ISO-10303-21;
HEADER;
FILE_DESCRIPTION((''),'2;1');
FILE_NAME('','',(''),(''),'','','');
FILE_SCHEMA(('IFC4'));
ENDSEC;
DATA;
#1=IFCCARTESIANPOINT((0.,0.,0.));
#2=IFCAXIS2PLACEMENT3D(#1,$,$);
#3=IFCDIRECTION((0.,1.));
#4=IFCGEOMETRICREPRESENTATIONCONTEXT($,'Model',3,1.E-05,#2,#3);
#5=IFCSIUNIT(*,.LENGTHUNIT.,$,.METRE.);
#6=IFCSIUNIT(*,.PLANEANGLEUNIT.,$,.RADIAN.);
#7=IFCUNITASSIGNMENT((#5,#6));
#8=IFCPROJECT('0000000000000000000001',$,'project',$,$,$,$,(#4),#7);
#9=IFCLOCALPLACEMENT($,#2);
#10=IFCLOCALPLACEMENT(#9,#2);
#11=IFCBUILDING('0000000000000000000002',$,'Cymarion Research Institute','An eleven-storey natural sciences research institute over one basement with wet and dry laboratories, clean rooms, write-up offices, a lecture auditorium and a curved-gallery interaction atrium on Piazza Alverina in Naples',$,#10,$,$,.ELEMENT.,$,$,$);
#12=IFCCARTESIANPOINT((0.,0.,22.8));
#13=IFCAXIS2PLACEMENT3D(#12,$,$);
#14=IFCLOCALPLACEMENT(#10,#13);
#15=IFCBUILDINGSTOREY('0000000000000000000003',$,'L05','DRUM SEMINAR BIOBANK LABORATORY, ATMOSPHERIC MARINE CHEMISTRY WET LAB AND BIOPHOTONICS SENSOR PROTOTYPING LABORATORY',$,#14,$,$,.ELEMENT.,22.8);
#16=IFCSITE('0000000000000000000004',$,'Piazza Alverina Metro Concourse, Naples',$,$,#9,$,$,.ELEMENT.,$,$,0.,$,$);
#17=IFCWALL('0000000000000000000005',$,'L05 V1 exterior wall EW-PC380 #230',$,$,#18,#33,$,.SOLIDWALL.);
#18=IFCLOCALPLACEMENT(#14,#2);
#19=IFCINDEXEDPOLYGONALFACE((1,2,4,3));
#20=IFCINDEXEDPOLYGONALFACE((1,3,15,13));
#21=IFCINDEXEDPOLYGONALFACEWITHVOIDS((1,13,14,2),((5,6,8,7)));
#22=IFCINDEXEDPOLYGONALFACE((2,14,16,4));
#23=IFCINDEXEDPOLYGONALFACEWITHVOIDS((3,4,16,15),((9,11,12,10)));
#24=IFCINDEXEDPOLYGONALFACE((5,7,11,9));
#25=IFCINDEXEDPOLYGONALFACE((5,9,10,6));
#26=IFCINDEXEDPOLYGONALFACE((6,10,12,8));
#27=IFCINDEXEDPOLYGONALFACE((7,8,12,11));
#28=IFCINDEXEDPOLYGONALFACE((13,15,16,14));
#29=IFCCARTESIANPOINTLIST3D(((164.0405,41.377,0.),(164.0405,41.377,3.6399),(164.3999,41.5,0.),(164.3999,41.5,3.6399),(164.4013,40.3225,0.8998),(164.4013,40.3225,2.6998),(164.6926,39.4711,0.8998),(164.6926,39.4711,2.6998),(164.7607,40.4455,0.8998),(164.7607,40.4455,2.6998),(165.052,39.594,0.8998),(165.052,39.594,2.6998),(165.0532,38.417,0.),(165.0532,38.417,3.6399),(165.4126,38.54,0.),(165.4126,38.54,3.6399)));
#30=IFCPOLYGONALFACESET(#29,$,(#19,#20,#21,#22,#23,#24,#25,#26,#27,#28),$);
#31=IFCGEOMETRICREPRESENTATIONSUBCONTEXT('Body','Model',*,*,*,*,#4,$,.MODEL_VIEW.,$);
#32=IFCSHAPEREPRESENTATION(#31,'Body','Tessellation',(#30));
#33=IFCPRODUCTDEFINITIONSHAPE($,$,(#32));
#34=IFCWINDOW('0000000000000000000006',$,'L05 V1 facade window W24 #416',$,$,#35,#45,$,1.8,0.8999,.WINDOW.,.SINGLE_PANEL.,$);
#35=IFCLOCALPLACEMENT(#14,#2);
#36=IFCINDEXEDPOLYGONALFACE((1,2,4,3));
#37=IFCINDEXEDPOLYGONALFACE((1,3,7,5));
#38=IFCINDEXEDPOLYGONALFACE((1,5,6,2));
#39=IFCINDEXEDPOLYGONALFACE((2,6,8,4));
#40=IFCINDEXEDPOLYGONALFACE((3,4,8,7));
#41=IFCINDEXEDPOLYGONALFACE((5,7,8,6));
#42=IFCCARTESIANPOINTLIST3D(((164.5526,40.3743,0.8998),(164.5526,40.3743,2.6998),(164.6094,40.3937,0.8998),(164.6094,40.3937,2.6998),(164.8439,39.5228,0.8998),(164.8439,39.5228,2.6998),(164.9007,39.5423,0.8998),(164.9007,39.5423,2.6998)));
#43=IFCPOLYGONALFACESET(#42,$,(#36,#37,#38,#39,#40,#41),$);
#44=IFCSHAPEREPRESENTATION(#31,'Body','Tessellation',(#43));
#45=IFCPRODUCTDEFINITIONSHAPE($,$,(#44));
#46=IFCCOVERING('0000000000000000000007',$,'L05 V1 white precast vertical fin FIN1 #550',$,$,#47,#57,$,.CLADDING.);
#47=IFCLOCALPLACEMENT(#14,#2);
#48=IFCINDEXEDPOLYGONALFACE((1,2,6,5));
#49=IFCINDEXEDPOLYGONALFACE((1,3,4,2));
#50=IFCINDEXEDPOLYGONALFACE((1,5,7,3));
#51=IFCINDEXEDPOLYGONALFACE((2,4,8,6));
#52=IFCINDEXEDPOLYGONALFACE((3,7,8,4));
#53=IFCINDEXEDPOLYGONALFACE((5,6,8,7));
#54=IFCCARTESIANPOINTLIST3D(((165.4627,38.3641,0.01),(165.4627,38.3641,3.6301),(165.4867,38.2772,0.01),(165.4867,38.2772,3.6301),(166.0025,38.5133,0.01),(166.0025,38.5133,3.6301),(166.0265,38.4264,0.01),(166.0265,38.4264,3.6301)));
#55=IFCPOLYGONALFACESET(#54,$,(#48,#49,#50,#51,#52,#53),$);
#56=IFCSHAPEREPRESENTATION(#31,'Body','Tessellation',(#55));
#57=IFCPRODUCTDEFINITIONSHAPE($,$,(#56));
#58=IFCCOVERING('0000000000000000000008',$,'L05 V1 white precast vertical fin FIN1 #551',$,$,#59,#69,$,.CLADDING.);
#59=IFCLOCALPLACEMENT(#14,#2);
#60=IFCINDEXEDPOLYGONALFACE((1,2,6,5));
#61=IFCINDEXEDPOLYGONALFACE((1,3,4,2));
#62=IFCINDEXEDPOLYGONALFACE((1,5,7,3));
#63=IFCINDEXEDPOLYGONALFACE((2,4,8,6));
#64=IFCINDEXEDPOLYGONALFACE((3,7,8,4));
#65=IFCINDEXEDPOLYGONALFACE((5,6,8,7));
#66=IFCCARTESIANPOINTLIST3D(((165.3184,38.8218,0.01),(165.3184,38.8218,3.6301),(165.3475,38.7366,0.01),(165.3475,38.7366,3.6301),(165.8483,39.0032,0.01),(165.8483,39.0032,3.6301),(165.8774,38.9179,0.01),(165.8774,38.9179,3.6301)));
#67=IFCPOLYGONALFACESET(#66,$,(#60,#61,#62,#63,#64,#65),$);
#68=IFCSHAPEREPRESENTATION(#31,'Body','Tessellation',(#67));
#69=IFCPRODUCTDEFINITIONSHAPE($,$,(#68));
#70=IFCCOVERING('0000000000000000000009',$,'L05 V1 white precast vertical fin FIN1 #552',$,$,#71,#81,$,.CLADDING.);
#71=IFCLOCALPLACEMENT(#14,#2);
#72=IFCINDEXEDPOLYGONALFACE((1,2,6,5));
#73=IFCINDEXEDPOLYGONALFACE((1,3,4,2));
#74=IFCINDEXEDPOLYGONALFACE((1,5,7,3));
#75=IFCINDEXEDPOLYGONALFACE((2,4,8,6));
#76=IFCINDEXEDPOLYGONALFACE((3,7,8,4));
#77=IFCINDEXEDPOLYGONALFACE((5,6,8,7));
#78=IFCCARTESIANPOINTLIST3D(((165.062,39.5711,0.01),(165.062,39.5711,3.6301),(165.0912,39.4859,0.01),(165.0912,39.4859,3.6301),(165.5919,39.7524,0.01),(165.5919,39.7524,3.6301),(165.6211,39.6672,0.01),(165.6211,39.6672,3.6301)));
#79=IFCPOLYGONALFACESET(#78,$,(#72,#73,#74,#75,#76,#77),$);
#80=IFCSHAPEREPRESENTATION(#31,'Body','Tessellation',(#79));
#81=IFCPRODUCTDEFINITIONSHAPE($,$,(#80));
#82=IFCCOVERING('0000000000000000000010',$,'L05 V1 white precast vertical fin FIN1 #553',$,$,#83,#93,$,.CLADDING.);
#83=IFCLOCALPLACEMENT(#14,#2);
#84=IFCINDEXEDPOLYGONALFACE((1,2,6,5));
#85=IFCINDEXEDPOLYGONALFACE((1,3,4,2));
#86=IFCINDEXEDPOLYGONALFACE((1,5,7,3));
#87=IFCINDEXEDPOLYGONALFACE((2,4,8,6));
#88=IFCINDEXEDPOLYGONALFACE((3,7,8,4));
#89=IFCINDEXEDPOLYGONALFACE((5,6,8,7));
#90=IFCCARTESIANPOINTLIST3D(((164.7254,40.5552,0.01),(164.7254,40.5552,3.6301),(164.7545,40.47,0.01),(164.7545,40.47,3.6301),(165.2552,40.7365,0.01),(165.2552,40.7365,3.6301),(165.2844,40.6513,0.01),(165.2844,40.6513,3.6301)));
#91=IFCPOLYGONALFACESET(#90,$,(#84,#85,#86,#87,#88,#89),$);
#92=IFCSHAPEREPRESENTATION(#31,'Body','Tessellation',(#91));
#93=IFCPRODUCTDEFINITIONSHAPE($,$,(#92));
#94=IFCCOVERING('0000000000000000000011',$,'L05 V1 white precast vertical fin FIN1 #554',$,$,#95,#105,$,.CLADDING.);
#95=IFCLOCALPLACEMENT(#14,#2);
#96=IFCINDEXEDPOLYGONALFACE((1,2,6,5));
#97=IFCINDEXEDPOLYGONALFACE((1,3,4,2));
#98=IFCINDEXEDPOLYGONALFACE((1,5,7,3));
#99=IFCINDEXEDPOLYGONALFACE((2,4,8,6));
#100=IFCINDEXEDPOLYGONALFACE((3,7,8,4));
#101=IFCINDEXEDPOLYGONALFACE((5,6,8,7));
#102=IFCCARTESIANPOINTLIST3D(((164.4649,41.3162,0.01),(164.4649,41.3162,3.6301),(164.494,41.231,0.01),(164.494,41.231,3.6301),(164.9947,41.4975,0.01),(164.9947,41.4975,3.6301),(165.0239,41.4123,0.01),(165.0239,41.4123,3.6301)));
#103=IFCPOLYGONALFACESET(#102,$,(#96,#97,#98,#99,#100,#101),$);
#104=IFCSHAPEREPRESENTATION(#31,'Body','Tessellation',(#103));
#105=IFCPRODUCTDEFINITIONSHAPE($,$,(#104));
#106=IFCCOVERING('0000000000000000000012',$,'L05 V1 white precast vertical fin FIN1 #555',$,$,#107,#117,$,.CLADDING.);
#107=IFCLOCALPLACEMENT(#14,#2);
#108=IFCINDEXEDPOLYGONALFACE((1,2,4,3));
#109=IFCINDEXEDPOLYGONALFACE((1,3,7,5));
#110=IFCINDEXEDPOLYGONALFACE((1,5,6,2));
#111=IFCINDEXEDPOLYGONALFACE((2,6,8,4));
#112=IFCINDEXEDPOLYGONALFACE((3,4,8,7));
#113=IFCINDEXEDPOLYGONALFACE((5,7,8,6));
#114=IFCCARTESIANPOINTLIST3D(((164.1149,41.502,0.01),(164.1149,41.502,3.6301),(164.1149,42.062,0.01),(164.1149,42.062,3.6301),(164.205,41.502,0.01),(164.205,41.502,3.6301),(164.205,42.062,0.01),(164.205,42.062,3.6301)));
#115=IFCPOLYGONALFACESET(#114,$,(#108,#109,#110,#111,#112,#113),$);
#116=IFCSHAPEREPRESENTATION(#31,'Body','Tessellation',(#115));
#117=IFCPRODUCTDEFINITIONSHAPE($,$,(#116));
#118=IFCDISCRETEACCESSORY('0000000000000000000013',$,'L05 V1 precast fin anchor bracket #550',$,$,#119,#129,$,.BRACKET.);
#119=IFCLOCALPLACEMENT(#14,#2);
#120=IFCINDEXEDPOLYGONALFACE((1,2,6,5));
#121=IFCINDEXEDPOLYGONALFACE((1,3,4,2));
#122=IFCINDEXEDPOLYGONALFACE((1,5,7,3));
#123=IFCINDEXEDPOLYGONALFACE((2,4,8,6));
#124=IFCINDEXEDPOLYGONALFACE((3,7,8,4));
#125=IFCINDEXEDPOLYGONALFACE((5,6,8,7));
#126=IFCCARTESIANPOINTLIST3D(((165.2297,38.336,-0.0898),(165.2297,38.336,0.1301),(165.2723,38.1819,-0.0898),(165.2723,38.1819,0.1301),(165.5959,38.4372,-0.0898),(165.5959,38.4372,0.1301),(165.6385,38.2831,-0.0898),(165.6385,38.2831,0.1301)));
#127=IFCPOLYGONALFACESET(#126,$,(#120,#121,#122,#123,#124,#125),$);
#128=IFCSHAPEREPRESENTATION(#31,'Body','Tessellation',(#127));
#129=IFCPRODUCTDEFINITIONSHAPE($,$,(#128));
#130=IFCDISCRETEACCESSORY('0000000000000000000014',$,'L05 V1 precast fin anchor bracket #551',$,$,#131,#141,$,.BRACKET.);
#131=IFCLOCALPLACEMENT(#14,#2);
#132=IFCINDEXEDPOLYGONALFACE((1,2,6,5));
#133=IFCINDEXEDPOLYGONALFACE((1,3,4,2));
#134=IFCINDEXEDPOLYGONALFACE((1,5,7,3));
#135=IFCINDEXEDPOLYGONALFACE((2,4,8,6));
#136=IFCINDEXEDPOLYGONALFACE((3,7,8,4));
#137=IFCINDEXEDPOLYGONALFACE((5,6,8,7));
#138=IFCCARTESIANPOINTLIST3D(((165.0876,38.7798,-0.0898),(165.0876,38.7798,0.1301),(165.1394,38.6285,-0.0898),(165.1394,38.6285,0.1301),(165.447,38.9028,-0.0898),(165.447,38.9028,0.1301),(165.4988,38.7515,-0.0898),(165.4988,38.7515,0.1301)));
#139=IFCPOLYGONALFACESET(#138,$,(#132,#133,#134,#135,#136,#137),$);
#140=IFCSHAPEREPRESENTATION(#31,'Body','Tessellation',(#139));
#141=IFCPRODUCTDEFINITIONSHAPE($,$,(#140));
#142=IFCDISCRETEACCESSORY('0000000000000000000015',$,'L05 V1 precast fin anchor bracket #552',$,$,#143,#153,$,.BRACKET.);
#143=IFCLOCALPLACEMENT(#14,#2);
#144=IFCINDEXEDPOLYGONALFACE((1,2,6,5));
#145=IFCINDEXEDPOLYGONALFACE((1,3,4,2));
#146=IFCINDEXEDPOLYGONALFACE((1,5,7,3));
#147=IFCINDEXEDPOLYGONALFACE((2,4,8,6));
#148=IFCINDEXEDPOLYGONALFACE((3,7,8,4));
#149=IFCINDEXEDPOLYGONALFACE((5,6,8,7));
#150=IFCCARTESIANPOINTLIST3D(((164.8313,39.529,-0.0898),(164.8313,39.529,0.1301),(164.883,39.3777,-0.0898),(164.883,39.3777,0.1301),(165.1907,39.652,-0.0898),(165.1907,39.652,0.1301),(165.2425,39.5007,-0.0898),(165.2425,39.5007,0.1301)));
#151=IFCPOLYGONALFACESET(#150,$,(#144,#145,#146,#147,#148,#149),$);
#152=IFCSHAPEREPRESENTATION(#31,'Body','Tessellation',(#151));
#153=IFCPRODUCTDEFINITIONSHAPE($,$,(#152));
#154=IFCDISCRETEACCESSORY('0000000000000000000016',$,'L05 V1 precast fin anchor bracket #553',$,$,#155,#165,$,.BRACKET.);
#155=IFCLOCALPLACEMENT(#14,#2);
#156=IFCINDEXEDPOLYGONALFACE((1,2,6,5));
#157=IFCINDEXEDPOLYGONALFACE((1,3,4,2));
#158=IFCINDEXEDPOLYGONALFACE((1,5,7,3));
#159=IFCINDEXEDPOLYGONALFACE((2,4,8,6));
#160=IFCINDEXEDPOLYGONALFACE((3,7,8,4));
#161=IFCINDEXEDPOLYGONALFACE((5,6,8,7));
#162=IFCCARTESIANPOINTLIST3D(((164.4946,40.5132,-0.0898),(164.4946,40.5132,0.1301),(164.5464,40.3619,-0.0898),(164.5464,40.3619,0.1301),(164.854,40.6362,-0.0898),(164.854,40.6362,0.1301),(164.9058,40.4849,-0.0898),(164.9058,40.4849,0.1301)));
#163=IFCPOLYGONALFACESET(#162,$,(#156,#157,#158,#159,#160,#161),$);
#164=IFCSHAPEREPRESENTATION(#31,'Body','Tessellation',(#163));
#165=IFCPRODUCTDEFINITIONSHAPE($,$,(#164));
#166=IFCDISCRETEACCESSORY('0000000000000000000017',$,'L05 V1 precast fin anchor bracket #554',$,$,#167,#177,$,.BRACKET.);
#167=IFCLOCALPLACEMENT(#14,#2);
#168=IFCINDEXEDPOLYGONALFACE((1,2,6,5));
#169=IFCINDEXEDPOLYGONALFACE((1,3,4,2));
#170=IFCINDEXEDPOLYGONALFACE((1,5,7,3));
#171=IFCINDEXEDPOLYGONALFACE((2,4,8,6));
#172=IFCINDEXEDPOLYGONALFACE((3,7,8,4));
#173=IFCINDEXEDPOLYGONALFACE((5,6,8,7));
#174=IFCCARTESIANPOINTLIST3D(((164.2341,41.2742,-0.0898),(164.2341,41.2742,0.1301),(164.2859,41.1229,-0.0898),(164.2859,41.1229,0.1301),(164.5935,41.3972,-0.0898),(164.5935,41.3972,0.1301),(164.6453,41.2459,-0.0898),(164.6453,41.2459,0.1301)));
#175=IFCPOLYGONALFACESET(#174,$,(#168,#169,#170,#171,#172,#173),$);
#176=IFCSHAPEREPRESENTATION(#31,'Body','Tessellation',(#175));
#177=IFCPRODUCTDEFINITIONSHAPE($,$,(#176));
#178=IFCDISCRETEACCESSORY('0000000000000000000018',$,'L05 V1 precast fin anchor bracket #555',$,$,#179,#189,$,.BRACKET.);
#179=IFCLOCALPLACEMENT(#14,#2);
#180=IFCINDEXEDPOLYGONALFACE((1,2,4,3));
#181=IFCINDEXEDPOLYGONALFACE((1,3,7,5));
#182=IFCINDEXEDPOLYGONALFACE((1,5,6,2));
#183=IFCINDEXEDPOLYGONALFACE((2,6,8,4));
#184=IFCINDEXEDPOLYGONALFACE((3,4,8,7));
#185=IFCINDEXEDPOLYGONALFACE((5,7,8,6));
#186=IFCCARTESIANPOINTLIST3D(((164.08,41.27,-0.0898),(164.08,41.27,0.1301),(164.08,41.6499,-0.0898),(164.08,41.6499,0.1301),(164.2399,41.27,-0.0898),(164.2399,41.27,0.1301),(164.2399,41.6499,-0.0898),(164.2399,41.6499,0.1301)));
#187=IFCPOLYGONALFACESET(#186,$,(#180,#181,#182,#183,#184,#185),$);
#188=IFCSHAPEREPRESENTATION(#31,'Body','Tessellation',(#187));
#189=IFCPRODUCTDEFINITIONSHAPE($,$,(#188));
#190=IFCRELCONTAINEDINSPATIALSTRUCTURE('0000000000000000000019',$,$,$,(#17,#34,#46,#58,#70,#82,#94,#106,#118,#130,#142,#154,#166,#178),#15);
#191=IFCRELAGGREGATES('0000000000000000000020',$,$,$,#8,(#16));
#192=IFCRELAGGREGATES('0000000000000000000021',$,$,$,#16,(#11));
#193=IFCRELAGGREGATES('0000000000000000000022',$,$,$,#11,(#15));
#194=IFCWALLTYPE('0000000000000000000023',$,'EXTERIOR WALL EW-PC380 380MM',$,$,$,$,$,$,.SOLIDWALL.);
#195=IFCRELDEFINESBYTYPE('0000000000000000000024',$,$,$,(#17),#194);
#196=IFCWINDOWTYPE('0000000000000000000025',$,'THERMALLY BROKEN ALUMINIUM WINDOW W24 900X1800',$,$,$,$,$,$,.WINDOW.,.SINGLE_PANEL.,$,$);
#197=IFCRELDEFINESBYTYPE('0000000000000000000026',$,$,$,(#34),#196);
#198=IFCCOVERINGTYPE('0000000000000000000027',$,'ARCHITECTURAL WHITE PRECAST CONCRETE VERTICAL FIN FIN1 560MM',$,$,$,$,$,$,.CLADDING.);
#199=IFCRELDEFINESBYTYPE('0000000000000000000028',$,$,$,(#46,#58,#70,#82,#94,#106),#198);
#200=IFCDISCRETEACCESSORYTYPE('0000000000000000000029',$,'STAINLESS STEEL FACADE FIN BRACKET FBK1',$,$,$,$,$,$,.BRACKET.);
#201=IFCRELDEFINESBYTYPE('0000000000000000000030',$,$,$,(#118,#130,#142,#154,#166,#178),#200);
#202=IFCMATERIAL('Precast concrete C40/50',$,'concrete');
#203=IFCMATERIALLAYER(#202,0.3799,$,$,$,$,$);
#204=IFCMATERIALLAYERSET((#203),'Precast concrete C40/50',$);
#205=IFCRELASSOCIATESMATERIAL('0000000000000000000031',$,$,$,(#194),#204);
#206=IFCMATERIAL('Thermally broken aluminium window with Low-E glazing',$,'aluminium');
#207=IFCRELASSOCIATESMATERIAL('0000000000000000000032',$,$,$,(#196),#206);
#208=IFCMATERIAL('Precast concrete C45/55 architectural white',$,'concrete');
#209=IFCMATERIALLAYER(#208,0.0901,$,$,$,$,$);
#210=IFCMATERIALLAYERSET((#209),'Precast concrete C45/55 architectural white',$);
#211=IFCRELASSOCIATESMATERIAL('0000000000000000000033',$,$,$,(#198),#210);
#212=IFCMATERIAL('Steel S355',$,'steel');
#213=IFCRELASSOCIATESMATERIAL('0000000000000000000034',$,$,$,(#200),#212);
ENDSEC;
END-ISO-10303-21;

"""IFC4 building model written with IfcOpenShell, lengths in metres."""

from ifc_helpers import new_model, si_unit, direction, frame, frame_2d, origin, origin_2d, place, context, subcontext, project, spatial, rectangle, extrude, material, layer, layer_set, type_object, element, fill, save


model = new_model("IFC4")

# Units and contexts
model_context = context("Model", 3, precision=1e-05, world=origin(), true_north=direction((0.0, 1.0)))
body_context = subcontext(model_context, "Body", "Model", "MODEL_VIEW")
ifc_project = project(units=[si_unit("LENGTHUNIT", "METRE"), si_unit("PLANEANGLEUNIT", "RADIAN")], contexts=[model_context])

# Site, building, storey
site_placement = place(None, origin())
site = spatial("IfcSite", under=ifc_project, at=site_placement, Name="Piazza Alverina Metro Concourse, Naples", CompositionType="ELEMENT", RefElevation=0.0)
building_placement = place(site_placement, origin())
building = spatial("IfcBuilding", under=site, at=building_placement, Name="Cymarion Research Institute", Description="An eleven-storey natural sciences research institute over one basement with wet and dry laboratories, clean rooms, write-up offices, a lecture auditorium and a curved-gallery interaction atrium on Piazza Alverina in Naples", CompositionType="ELEMENT")
storey_placement = place(building_placement, frame((0.0, 0.0, 22.8)))
storey = spatial("IfcBuildingStorey", under=building, at=storey_placement, Name="L05", Description="DRUM SEMINAR BIOBANK LABORATORY, ATMOSPHERIC MARINE CHEMISTRY WET LAB AND BIOPHOTONICS SENSOR PROTOTYPING LABORATORY", CompositionType="ELEMENT", Elevation=22.8)

# Shared definitions
ifc_material_1 = material(Name="Steel S355", Category="steel")

# Wall, opening, window
ifc_material_2 = material(Name="Precast concrete C40/50", Category="concrete")
ifc_layer_1 = layer(ifc_material_2, 0.3799)
ifc_layer_set_1 = layer_set([ifc_layer_1], Name="Precast concrete C40/50")
wall_type = type_object("IfcWallType", Name="EXTERIOR WALL EW-PC380 380MM", PredefinedType="SOLIDWALL", material=ifc_layer_set_1)
wall_placement = place(storey_placement, frame((165.2329, 38.4785, 0.0), z_axis=(0.0, 0.0, 1.0), x_axis=(-0.32371, 0.946156, 0.0)))
wall = element("IfcWall", 1, at=wall_placement, inside=storey, type_object=wall_type, Name="L05 V1 exterior wall EW-PC380 #230", PredefinedType="SOLIDWALL", context=body_context, shape_type="SweptSolid", body=[
    extrude(rectangle(XDim=3.1284, YDim=0.3799, at=frame_2d((1.5642, 0.0))), origin(), (0.0, 0.0, 1.0), 3.6399),
])
opening_placement = place(wall_placement, frame((1.114, 0.0, 0.8999)))
opening = element("IfcOpeningElement", 2, at=opening_placement, cuts=wall, PredefinedType="OPENING", context=body_context, shape_type="SweptSolid", body=[
    extrude(rectangle(XDim=0.8999, YDim=1.8, at=frame_2d((0.45, 0.8999))), frame((0.0, 0.2, 0.0), z_axis=(0.0, -1.0, 0.0), x_axis=(1.0, 0.0, 0.0)), (0.0, 0.0, 1.0), 0.3999),
])
ifc_material_3 = material(Name="Thermally broken aluminium window with Low-E glazing", Category="aluminium")
window_type = type_object("IfcWindowType", Name="THERMALLY BROKEN ALUMINIUM WINDOW W24 900X1800", PartitioningType="SINGLE_PANEL", PredefinedType="WINDOW", material=ifc_material_3)
window_placement = place(opening_placement, origin())
window = element("IfcWindow", 3, at=window_placement, inside=storey, type_object=window_type, Name="L05 V1 facade window W24 #416", OverallHeight=1.8, OverallWidth=0.8999, PartitioningType="SINGLE_PANEL", PredefinedType="WINDOW", context=body_context, shape_type="SweptSolid", body=[
    extrude(rectangle(XDim=0.8999, YDim=1.8, at=frame_2d((0.45, 0.8999))), frame((0.0, 0.03, 0.0), z_axis=(0.0, -1.0, 0.0), x_axis=(1.0, 0.0, 0.0)), (0.0, 0.0, 1.0), 0.0601),
])
fill(opening, window)

# Coverings
ifc_material_4 = material(Name="Precast concrete C45/55 architectural white", Category="concrete")
ifc_layer_2 = layer(ifc_material_4, 0.0901)
ifc_layer_set_2 = layer_set([ifc_layer_2], Name="Precast concrete C45/55 architectural white")
covering_type = type_object("IfcCoveringType", Name="ARCHITECTURAL WHITE PRECAST CONCRETE VERTICAL FIN FIN1 560MM", PredefinedType="CLADDING", material=ifc_layer_set_2)
for number, where, z_axis, x_axis, name in (
    (4, (165.7446, 38.3953, 0.01), (0.0, 0.0, 1.0), (0.963863, 0.266397, 0.0), "L05 V1 white precast vertical fin FIN1 #550"),
    (5, (165.5979, 38.8699, 0.01), (0.0, 0.0, 1.0), (0.946142, 0.323752, 0.0), "L05 V1 white precast vertical fin FIN1 #551"),
    (6, (165.3416, 39.6191, 0.01), (0.0, 0.0, 1.0), (0.946142, 0.323752, 0.0), "L05 V1 white precast vertical fin FIN1 #552"),
    (7, (165.0049, 40.6033, 0.01), (0.0, 0.0, 1.0), (0.946142, 0.323752, 0.0), "L05 V1 white precast vertical fin FIN1 #553"),
    (8, (164.7444, 41.3643, 0.01), (0.0, 0.0, 1.0), (0.946142, 0.323752, 0.0), "L05 V1 white precast vertical fin FIN1 #554"),
    (9, (164.1599, 41.782, 0.01), (0.0, 0.0, 1.0), (0.0, 1.0, 0.0), "L05 V1 white precast vertical fin FIN1 #555"),
):
    element("IfcCovering", number, at=place(storey_placement, frame(where, z_axis=z_axis, x_axis=x_axis)), inside=storey, type_object=covering_type, Name=name, PredefinedType="CLADDING", context=body_context, shape_type="SweptSolid", body=[
        extrude(rectangle(XDim=0.5601, YDim=0.0901, at=origin_2d()), origin(), (0.0, 0.0, 1.0), 3.6201),
    ])

# Discrete accessories
discrete_accessory_type = type_object("IfcDiscreteAccessoryType", Name="STAINLESS STEEL FACADE FIN BRACKET FBK1", PredefinedType="BRACKET", material=ifc_material_1)
for number, where, z_axis, x_axis, name in (
    (10, (165.4341, 38.3096, -0.0898), (0.0, 0.0, 1.0), (0.963863, 0.266397, 0.0), "L05 V1 precast fin anchor bracket #550"),
    (11, (165.2932, 38.7656, -0.0898), (0.0, 0.0, 1.0), (0.946142, 0.323752, 0.0), "L05 V1 precast fin anchor bracket #551"),
    (12, (165.0369, 39.5149, -0.0898), (0.0, 0.0, 1.0), (0.946142, 0.323752, 0.0), "L05 V1 precast fin anchor bracket #552"),
    (13, (164.7002, 40.499, -0.0898), (0.0, 0.0, 1.0), (0.946142, 0.323752, 0.0), "L05 V1 precast fin anchor bracket #553"),
    (14, (164.4397, 41.26, -0.0898), (0.0, 0.0, 1.0), (0.946142, 0.323752, 0.0), "L05 V1 precast fin anchor bracket #554"),
    (15, (164.1599, 41.46, -0.0898), (0.0, 0.0, 1.0), (0.0, 1.0, 0.0), "L05 V1 precast fin anchor bracket #555"),
):
    element("IfcDiscreteAccessory", number, at=place(storey_placement, frame(where, z_axis=z_axis, x_axis=x_axis)), inside=storey, type_object=discrete_accessory_type, Name=name, PredefinedType="BRACKET", context=body_context, shape_type="SweptSolid", body=[
        extrude(rectangle(XDim=0.3799, YDim=0.1599, at=origin_2d()), origin(), (0.0, 0.0, 1.0), 0.22),
    ])

save(model, "model.ifc")
